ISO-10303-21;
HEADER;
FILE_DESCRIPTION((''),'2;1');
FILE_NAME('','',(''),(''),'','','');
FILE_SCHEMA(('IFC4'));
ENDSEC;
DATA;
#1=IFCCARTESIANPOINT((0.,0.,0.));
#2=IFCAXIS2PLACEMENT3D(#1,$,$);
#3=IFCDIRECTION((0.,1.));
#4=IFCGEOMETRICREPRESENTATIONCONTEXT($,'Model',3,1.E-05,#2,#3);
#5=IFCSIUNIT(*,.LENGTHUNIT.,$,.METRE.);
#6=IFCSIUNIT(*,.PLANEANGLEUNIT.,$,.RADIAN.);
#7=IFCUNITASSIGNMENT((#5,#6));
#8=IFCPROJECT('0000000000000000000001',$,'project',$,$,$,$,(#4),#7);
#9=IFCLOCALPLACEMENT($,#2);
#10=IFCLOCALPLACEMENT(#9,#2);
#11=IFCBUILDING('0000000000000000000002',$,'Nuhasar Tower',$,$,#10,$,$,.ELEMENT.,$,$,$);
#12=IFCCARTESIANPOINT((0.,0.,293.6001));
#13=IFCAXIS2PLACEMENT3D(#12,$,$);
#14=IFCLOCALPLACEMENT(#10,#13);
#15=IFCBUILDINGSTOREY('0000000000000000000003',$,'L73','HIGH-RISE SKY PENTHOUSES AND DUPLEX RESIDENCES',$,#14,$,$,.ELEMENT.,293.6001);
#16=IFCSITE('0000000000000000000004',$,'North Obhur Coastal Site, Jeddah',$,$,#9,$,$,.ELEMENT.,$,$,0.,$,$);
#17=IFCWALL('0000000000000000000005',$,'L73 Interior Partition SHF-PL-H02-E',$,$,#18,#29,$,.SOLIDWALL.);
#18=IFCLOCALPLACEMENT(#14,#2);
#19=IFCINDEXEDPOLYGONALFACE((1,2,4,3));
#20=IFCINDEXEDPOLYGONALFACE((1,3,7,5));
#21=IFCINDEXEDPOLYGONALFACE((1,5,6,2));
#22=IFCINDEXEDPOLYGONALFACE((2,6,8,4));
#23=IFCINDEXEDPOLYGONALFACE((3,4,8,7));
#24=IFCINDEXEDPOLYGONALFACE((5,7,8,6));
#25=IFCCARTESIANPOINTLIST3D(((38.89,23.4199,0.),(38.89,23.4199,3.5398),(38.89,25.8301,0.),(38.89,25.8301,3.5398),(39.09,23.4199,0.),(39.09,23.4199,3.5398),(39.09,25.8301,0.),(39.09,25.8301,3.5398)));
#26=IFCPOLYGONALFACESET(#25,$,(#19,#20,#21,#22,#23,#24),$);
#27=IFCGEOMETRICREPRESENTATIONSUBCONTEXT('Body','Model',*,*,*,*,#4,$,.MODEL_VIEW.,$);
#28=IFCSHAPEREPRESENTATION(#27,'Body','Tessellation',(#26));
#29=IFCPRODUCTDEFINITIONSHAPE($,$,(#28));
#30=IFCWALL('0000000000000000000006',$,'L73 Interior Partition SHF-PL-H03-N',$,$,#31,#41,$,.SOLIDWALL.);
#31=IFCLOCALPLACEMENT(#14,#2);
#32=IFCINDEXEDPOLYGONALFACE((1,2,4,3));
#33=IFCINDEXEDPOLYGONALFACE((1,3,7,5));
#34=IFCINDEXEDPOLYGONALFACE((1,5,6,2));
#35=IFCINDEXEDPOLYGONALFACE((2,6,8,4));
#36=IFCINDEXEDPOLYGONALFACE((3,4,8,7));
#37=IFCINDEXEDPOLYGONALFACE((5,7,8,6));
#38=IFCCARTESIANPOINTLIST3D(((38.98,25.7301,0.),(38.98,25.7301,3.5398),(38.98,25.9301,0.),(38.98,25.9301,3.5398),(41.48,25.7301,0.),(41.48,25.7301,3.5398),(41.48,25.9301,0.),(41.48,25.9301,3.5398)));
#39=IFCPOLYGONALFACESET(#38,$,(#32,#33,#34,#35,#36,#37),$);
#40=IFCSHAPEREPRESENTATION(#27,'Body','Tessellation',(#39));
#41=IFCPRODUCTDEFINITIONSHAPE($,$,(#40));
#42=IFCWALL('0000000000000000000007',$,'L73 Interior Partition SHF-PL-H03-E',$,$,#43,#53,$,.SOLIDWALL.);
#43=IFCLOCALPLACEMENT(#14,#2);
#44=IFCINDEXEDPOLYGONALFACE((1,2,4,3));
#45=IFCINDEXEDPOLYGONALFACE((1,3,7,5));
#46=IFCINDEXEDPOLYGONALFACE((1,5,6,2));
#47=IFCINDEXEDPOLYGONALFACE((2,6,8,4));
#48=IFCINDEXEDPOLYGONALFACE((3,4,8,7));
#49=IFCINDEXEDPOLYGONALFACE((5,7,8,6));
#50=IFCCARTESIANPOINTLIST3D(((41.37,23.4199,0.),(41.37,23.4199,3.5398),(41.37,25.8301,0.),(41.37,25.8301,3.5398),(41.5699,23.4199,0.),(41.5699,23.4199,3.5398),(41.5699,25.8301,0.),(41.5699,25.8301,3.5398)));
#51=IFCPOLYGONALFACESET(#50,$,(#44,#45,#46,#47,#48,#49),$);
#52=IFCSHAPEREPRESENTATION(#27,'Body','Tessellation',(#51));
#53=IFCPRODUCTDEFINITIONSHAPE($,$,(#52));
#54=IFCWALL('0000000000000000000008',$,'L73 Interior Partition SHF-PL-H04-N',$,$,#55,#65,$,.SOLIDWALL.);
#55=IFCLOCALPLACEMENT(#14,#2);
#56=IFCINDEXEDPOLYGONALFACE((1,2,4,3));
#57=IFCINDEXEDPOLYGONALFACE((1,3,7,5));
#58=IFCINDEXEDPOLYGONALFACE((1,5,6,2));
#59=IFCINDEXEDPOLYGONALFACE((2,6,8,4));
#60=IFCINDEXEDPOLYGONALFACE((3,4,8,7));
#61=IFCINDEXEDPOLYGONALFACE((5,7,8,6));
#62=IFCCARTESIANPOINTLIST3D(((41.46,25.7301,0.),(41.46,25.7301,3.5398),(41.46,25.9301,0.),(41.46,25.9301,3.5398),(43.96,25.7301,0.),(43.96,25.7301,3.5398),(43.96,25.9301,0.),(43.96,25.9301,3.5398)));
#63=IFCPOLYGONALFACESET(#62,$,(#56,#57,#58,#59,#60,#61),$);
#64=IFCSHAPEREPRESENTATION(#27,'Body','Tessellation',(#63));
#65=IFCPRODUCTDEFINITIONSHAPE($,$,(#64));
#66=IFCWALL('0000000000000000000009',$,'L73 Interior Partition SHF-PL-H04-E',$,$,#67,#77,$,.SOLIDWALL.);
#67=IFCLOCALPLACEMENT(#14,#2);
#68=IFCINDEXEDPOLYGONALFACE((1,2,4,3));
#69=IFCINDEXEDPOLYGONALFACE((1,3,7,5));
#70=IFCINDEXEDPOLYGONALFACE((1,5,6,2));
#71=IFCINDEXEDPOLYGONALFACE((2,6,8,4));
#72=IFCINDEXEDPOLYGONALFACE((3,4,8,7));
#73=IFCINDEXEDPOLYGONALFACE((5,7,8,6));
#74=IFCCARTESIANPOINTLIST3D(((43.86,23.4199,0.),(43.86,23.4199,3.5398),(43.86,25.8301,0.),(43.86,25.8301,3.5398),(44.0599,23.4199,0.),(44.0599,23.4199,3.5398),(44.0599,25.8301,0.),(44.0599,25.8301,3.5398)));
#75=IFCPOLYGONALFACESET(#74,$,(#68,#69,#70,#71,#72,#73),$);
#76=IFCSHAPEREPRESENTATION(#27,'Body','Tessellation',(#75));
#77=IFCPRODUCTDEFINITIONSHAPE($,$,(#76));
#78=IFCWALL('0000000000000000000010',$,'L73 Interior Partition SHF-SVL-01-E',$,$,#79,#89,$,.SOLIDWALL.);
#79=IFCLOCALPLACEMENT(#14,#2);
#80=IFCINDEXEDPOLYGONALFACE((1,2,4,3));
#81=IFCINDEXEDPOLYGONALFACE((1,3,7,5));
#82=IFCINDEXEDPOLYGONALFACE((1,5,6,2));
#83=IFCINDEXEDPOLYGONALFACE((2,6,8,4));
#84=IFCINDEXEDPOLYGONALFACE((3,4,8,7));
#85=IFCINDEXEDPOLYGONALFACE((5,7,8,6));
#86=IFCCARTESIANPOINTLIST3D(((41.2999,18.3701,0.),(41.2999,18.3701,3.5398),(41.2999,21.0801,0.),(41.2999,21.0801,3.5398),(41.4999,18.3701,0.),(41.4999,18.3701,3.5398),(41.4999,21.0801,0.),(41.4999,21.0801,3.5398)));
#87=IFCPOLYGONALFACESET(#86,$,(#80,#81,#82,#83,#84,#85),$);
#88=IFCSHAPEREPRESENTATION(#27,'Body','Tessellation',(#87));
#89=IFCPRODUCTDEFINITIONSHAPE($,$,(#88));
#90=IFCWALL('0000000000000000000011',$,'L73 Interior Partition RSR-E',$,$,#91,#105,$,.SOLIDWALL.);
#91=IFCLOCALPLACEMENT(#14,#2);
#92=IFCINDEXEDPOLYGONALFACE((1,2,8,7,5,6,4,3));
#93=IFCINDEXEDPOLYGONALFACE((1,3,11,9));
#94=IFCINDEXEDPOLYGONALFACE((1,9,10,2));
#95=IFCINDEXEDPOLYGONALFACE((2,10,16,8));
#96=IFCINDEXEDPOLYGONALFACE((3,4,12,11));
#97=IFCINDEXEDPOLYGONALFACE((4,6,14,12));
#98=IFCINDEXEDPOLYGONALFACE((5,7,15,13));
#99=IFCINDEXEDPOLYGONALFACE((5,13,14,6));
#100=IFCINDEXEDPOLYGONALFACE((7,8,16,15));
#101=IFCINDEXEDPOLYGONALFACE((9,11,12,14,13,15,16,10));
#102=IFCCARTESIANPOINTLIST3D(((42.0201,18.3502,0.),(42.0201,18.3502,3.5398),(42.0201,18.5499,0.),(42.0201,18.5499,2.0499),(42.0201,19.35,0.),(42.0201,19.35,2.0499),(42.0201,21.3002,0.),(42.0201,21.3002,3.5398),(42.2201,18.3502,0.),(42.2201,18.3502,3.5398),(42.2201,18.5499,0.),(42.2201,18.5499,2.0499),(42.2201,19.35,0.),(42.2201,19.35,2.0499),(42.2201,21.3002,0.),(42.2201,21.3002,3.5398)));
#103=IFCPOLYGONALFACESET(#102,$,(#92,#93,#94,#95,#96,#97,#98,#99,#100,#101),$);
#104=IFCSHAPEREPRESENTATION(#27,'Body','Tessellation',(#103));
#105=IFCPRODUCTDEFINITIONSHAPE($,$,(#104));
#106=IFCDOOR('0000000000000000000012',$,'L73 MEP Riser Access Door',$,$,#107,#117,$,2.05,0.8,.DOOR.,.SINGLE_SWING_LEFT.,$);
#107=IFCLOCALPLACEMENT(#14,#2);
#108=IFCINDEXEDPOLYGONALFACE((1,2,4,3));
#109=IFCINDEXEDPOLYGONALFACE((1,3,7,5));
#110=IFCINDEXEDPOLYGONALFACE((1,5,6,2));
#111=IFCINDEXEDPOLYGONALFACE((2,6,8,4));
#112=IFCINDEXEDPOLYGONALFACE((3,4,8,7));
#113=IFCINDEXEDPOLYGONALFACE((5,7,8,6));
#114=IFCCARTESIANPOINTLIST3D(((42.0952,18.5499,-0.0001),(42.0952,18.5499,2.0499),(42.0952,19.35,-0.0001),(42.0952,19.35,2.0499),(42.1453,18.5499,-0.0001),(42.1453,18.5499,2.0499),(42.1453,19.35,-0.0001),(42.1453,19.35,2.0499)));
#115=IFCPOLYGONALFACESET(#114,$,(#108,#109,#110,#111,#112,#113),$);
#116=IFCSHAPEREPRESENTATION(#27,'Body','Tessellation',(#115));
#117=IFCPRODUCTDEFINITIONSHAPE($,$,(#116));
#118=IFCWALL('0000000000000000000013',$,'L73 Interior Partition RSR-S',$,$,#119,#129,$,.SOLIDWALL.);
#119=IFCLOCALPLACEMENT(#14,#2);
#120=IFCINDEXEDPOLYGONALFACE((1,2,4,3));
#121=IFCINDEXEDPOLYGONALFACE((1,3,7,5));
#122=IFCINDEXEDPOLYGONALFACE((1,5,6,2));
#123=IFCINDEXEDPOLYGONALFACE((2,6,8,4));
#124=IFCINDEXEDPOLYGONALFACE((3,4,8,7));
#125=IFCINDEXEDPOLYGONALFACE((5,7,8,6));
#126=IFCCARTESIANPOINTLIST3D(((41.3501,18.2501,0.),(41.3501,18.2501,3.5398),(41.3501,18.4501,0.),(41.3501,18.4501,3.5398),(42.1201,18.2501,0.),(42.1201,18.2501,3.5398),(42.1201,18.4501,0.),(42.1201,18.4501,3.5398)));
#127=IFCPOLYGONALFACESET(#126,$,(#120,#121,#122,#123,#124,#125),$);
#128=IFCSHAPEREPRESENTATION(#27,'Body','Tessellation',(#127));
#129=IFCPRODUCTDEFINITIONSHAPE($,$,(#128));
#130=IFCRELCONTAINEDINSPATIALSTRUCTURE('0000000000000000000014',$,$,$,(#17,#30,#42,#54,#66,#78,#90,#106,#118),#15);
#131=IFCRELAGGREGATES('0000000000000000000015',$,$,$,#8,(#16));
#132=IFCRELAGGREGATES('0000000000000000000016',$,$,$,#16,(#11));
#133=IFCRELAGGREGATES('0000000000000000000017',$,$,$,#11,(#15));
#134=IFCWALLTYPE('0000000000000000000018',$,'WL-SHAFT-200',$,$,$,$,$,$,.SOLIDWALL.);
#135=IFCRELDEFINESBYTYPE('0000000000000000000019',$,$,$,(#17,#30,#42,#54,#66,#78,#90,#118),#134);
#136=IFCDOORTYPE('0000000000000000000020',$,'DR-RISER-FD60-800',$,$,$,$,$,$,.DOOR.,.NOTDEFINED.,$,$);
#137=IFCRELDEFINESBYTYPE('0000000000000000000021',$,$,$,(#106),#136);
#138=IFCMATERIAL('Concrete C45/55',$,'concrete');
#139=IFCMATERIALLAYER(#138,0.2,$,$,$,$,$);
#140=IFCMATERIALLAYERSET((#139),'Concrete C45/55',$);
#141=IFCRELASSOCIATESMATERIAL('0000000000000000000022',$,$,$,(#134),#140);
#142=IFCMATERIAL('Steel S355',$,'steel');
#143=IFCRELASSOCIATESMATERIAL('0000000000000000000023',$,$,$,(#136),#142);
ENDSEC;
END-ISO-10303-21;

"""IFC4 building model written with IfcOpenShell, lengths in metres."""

from ifc_helpers import new_model, si_unit, direction, frame, frame_2d, origin, place, context, subcontext, project, spatial, rectangle, extrude, material, layer, layer_set, type_object, element, fill, save


model = new_model("IFC4")

# Units and contexts
model_context = context("Model", 3, precision=1e-05, world=origin(), true_north=direction((0.0, 1.0)))
body_context = subcontext(model_context, "Body", "Model", "MODEL_VIEW")
ifc_project = project(units=[si_unit("LENGTHUNIT", "METRE"), si_unit("PLANEANGLEUNIT", "RADIAN")], contexts=[model_context])

# Site, building, storey
site_placement = place(None, origin())
site = spatial("IfcSite", under=ifc_project, at=site_placement, Name="North Obhur Coastal Site, Jeddah", CompositionType="ELEMENT", RefElevation=0.0)
building_placement = place(site_placement, origin())
building = spatial("IfcBuilding", under=site, at=building_placement, Name="Nuhasar Tower", CompositionType="ELEMENT")
storey_placement = place(building_placement, frame((0.0, 0.0, 293.6001)))
storey = spatial("IfcBuildingStorey", under=building, at=storey_placement, Name="L73", Description="HIGH-RISE SKY PENTHOUSES AND DUPLEX RESIDENCES", CompositionType="ELEMENT", Elevation=293.6001)

# Shared definitions
ifc_material_1 = material(Name="Steel S355", Category="steel")

# Shared definitions
ifc_material_2 = material(Name="Concrete C45/55", Category="concrete")

# Wall
ifc_layer_1 = layer(ifc_material_2, 0.2)
ifc_layer_set_1 = layer_set([ifc_layer_1], Name="Concrete C45/55")
wall_type_1 = type_object("IfcWallType", Name="WL-SHAFT-200", PredefinedType="SOLIDWALL", material=ifc_layer_set_1)
wall_1_placement = place(storey_placement, frame((38.99, 23.4199, 0.0), z_axis=(0.0, 0.0, 1.0), x_axis=(0.0, 1.0, 0.0)))
element("IfcWall", 1, at=wall_1_placement, inside=storey, type_object=wall_type_1, Name="L73 Interior Partition SHF-PL-H02-E", PredefinedType="SOLIDWALL", context=body_context, shape_type="SweptSolid", body=[
    extrude(rectangle(XDim=2.4102, YDim=0.2, at=frame_2d((1.2051, 0.0))), origin(), (0.0, 0.0, 1.0), 3.5398),
])

# Walls
wall_2_placement = place(storey_placement, frame((38.98, 25.8301, 0.0), z_axis=(0.0, 0.0, 1.0), x_axis=(1.0, 0.0, 0.0)))
element("IfcWall", 2, at=wall_2_placement, inside=storey, type_object=wall_type_1, Name="L73 Interior Partition SHF-PL-H03-N", PredefinedType="SOLIDWALL", context=body_context, shape_type="SweptSolid", body=[
    extrude(rectangle(XDim=2.5, YDim=0.2, at=frame_2d((1.25, 0.0))), origin(), (0.0, 0.0, 1.0), 3.5398),
])
wall_3_placement = place(storey_placement, frame((41.47, 23.4199, 0.0), z_axis=(0.0, 0.0, 1.0), x_axis=(0.0, 1.0, 0.0)))
element("IfcWall", 3, at=wall_3_placement, inside=storey, type_object=wall_type_1, Name="L73 Interior Partition SHF-PL-H03-E", PredefinedType="SOLIDWALL", context=body_context, shape_type="SweptSolid", body=[
    extrude(rectangle(XDim=2.4102, YDim=0.2, at=frame_2d((1.2051, 0.0))), origin(), (0.0, 0.0, 1.0), 3.5398),
])

# Walls
wall_4_placement = place(storey_placement, frame((41.46, 25.8301, 0.0), z_axis=(0.0, 0.0, 1.0), x_axis=(1.0, 0.0, 0.0)))
element("IfcWall", 4, at=wall_4_placement, inside=storey, type_object=wall_type_1, Name="L73 Interior Partition SHF-PL-H04-N", PredefinedType="SOLIDWALL", context=body_context, shape_type="SweptSolid", body=[
    extrude(rectangle(XDim=2.5, YDim=0.2, at=frame_2d((1.25, 0.0))), origin(), (0.0, 0.0, 1.0), 3.5398),
])
wall_5_placement = place(storey_placement, frame((43.96, 23.4199, 0.0), z_axis=(0.0, 0.0, 1.0), x_axis=(0.0, 1.0, 0.0)))
element("IfcWall", 5, at=wall_5_placement, inside=storey, type_object=wall_type_1, Name="L73 Interior Partition SHF-PL-H04-E", PredefinedType="SOLIDWALL", context=body_context, shape_type="SweptSolid", body=[
    extrude(rectangle(XDim=2.4102, YDim=0.2, at=frame_2d((1.2051, 0.0))), origin(), (0.0, 0.0, 1.0), 3.5398),
])
wall_6_placement = place(storey_placement, frame((41.3999, 18.3701, 0.0), z_axis=(0.0, 0.0, 1.0), x_axis=(0.0, 1.0, 0.0)))
element("IfcWall", 6, at=wall_6_placement, inside=storey, type_object=wall_type_1, Name="L73 Interior Partition SHF-SVL-01-E", PredefinedType="SOLIDWALL", context=body_context, shape_type="SweptSolid", body=[
    extrude(rectangle(XDim=2.71, YDim=0.2, at=frame_2d((1.355, 0.0))), origin(), (0.0, 0.0, 1.0), 3.5398),
])

# Wall, opening, door
wall_7_placement = place(storey_placement, frame((42.1201, 18.3501, 0.0), z_axis=(0.0, 0.0, 1.0), x_axis=(0.0, 1.0, 0.0)))
wall_7 = element("IfcWall", 7, at=wall_7_placement, inside=storey, type_object=wall_type_1, Name="L73 Interior Partition RSR-E", PredefinedType="SOLIDWALL", context=body_context, shape_type="SweptSolid", body=[
    extrude(rectangle(XDim=2.95, YDim=0.2, at=frame_2d((1.4751, 0.0))), origin(), (0.0, 0.0, 1.0), 3.5398),
])
opening_1_placement = place(wall_7_placement, frame((0.2, 0.0, 0.0)))
opening_1 = element("IfcOpeningElement", 8, at=opening_1_placement, cuts=wall_7, PredefinedType="OPENING", context=body_context, shape_type="SweptSolid", body=[
    extrude(rectangle(XDim=0.8, YDim=2.05, at=frame_2d((0.3999, 1.0249))), frame((0.0, 0.1099, 0.0), z_axis=(0.0, -1.0, 0.0), x_axis=(1.0, 0.0, 0.0)), (0.0, 0.0, 1.0), 0.22),
])
door_type_1 = type_object("IfcDoorType", Name="DR-RISER-FD60-800", OperationType="NOTDEFINED", PredefinedType="DOOR", material=ifc_material_1)
door_1_placement = place(opening_1_placement, origin())
door_1 = element("IfcDoor", 9, at=door_1_placement, inside=storey, type_object=door_type_1, Name="L73 MEP Riser Access Door", OperationType="SINGLE_SWING_LEFT", OverallHeight=2.05, OverallWidth=0.8, PredefinedType="DOOR", context=body_context, shape_type="SweptSolid", body=[
    extrude(rectangle(XDim=0.8, YDim=2.05, at=frame_2d((0.3999, 1.0249))), frame((0.0, 0.0249, 0.0), z_axis=(0.0, -1.0, 0.0), x_axis=(1.0, 0.0, 0.0)), (0.0, 0.0, 1.0), 0.05),
])
fill(opening_1, door_1)

# Wall
wall_8_placement = place(storey_placement, frame((41.3501, 18.3501, 0.0), z_axis=(0.0, 0.0, 1.0), x_axis=(1.0, 0.0, 0.0)))
element("IfcWall", 10, at=wall_8_placement, inside=storey, type_object=wall_type_1, Name="L73 Interior Partition RSR-S", PredefinedType="SOLIDWALL", context=body_context, shape_type="SweptSolid", body=[
    extrude(rectangle(XDim=0.77, YDim=0.2, at=frame_2d((0.385, 0.0))), origin(), (0.0, 0.0, 1.0), 3.5398),
])

save(model, "model.ifc")
